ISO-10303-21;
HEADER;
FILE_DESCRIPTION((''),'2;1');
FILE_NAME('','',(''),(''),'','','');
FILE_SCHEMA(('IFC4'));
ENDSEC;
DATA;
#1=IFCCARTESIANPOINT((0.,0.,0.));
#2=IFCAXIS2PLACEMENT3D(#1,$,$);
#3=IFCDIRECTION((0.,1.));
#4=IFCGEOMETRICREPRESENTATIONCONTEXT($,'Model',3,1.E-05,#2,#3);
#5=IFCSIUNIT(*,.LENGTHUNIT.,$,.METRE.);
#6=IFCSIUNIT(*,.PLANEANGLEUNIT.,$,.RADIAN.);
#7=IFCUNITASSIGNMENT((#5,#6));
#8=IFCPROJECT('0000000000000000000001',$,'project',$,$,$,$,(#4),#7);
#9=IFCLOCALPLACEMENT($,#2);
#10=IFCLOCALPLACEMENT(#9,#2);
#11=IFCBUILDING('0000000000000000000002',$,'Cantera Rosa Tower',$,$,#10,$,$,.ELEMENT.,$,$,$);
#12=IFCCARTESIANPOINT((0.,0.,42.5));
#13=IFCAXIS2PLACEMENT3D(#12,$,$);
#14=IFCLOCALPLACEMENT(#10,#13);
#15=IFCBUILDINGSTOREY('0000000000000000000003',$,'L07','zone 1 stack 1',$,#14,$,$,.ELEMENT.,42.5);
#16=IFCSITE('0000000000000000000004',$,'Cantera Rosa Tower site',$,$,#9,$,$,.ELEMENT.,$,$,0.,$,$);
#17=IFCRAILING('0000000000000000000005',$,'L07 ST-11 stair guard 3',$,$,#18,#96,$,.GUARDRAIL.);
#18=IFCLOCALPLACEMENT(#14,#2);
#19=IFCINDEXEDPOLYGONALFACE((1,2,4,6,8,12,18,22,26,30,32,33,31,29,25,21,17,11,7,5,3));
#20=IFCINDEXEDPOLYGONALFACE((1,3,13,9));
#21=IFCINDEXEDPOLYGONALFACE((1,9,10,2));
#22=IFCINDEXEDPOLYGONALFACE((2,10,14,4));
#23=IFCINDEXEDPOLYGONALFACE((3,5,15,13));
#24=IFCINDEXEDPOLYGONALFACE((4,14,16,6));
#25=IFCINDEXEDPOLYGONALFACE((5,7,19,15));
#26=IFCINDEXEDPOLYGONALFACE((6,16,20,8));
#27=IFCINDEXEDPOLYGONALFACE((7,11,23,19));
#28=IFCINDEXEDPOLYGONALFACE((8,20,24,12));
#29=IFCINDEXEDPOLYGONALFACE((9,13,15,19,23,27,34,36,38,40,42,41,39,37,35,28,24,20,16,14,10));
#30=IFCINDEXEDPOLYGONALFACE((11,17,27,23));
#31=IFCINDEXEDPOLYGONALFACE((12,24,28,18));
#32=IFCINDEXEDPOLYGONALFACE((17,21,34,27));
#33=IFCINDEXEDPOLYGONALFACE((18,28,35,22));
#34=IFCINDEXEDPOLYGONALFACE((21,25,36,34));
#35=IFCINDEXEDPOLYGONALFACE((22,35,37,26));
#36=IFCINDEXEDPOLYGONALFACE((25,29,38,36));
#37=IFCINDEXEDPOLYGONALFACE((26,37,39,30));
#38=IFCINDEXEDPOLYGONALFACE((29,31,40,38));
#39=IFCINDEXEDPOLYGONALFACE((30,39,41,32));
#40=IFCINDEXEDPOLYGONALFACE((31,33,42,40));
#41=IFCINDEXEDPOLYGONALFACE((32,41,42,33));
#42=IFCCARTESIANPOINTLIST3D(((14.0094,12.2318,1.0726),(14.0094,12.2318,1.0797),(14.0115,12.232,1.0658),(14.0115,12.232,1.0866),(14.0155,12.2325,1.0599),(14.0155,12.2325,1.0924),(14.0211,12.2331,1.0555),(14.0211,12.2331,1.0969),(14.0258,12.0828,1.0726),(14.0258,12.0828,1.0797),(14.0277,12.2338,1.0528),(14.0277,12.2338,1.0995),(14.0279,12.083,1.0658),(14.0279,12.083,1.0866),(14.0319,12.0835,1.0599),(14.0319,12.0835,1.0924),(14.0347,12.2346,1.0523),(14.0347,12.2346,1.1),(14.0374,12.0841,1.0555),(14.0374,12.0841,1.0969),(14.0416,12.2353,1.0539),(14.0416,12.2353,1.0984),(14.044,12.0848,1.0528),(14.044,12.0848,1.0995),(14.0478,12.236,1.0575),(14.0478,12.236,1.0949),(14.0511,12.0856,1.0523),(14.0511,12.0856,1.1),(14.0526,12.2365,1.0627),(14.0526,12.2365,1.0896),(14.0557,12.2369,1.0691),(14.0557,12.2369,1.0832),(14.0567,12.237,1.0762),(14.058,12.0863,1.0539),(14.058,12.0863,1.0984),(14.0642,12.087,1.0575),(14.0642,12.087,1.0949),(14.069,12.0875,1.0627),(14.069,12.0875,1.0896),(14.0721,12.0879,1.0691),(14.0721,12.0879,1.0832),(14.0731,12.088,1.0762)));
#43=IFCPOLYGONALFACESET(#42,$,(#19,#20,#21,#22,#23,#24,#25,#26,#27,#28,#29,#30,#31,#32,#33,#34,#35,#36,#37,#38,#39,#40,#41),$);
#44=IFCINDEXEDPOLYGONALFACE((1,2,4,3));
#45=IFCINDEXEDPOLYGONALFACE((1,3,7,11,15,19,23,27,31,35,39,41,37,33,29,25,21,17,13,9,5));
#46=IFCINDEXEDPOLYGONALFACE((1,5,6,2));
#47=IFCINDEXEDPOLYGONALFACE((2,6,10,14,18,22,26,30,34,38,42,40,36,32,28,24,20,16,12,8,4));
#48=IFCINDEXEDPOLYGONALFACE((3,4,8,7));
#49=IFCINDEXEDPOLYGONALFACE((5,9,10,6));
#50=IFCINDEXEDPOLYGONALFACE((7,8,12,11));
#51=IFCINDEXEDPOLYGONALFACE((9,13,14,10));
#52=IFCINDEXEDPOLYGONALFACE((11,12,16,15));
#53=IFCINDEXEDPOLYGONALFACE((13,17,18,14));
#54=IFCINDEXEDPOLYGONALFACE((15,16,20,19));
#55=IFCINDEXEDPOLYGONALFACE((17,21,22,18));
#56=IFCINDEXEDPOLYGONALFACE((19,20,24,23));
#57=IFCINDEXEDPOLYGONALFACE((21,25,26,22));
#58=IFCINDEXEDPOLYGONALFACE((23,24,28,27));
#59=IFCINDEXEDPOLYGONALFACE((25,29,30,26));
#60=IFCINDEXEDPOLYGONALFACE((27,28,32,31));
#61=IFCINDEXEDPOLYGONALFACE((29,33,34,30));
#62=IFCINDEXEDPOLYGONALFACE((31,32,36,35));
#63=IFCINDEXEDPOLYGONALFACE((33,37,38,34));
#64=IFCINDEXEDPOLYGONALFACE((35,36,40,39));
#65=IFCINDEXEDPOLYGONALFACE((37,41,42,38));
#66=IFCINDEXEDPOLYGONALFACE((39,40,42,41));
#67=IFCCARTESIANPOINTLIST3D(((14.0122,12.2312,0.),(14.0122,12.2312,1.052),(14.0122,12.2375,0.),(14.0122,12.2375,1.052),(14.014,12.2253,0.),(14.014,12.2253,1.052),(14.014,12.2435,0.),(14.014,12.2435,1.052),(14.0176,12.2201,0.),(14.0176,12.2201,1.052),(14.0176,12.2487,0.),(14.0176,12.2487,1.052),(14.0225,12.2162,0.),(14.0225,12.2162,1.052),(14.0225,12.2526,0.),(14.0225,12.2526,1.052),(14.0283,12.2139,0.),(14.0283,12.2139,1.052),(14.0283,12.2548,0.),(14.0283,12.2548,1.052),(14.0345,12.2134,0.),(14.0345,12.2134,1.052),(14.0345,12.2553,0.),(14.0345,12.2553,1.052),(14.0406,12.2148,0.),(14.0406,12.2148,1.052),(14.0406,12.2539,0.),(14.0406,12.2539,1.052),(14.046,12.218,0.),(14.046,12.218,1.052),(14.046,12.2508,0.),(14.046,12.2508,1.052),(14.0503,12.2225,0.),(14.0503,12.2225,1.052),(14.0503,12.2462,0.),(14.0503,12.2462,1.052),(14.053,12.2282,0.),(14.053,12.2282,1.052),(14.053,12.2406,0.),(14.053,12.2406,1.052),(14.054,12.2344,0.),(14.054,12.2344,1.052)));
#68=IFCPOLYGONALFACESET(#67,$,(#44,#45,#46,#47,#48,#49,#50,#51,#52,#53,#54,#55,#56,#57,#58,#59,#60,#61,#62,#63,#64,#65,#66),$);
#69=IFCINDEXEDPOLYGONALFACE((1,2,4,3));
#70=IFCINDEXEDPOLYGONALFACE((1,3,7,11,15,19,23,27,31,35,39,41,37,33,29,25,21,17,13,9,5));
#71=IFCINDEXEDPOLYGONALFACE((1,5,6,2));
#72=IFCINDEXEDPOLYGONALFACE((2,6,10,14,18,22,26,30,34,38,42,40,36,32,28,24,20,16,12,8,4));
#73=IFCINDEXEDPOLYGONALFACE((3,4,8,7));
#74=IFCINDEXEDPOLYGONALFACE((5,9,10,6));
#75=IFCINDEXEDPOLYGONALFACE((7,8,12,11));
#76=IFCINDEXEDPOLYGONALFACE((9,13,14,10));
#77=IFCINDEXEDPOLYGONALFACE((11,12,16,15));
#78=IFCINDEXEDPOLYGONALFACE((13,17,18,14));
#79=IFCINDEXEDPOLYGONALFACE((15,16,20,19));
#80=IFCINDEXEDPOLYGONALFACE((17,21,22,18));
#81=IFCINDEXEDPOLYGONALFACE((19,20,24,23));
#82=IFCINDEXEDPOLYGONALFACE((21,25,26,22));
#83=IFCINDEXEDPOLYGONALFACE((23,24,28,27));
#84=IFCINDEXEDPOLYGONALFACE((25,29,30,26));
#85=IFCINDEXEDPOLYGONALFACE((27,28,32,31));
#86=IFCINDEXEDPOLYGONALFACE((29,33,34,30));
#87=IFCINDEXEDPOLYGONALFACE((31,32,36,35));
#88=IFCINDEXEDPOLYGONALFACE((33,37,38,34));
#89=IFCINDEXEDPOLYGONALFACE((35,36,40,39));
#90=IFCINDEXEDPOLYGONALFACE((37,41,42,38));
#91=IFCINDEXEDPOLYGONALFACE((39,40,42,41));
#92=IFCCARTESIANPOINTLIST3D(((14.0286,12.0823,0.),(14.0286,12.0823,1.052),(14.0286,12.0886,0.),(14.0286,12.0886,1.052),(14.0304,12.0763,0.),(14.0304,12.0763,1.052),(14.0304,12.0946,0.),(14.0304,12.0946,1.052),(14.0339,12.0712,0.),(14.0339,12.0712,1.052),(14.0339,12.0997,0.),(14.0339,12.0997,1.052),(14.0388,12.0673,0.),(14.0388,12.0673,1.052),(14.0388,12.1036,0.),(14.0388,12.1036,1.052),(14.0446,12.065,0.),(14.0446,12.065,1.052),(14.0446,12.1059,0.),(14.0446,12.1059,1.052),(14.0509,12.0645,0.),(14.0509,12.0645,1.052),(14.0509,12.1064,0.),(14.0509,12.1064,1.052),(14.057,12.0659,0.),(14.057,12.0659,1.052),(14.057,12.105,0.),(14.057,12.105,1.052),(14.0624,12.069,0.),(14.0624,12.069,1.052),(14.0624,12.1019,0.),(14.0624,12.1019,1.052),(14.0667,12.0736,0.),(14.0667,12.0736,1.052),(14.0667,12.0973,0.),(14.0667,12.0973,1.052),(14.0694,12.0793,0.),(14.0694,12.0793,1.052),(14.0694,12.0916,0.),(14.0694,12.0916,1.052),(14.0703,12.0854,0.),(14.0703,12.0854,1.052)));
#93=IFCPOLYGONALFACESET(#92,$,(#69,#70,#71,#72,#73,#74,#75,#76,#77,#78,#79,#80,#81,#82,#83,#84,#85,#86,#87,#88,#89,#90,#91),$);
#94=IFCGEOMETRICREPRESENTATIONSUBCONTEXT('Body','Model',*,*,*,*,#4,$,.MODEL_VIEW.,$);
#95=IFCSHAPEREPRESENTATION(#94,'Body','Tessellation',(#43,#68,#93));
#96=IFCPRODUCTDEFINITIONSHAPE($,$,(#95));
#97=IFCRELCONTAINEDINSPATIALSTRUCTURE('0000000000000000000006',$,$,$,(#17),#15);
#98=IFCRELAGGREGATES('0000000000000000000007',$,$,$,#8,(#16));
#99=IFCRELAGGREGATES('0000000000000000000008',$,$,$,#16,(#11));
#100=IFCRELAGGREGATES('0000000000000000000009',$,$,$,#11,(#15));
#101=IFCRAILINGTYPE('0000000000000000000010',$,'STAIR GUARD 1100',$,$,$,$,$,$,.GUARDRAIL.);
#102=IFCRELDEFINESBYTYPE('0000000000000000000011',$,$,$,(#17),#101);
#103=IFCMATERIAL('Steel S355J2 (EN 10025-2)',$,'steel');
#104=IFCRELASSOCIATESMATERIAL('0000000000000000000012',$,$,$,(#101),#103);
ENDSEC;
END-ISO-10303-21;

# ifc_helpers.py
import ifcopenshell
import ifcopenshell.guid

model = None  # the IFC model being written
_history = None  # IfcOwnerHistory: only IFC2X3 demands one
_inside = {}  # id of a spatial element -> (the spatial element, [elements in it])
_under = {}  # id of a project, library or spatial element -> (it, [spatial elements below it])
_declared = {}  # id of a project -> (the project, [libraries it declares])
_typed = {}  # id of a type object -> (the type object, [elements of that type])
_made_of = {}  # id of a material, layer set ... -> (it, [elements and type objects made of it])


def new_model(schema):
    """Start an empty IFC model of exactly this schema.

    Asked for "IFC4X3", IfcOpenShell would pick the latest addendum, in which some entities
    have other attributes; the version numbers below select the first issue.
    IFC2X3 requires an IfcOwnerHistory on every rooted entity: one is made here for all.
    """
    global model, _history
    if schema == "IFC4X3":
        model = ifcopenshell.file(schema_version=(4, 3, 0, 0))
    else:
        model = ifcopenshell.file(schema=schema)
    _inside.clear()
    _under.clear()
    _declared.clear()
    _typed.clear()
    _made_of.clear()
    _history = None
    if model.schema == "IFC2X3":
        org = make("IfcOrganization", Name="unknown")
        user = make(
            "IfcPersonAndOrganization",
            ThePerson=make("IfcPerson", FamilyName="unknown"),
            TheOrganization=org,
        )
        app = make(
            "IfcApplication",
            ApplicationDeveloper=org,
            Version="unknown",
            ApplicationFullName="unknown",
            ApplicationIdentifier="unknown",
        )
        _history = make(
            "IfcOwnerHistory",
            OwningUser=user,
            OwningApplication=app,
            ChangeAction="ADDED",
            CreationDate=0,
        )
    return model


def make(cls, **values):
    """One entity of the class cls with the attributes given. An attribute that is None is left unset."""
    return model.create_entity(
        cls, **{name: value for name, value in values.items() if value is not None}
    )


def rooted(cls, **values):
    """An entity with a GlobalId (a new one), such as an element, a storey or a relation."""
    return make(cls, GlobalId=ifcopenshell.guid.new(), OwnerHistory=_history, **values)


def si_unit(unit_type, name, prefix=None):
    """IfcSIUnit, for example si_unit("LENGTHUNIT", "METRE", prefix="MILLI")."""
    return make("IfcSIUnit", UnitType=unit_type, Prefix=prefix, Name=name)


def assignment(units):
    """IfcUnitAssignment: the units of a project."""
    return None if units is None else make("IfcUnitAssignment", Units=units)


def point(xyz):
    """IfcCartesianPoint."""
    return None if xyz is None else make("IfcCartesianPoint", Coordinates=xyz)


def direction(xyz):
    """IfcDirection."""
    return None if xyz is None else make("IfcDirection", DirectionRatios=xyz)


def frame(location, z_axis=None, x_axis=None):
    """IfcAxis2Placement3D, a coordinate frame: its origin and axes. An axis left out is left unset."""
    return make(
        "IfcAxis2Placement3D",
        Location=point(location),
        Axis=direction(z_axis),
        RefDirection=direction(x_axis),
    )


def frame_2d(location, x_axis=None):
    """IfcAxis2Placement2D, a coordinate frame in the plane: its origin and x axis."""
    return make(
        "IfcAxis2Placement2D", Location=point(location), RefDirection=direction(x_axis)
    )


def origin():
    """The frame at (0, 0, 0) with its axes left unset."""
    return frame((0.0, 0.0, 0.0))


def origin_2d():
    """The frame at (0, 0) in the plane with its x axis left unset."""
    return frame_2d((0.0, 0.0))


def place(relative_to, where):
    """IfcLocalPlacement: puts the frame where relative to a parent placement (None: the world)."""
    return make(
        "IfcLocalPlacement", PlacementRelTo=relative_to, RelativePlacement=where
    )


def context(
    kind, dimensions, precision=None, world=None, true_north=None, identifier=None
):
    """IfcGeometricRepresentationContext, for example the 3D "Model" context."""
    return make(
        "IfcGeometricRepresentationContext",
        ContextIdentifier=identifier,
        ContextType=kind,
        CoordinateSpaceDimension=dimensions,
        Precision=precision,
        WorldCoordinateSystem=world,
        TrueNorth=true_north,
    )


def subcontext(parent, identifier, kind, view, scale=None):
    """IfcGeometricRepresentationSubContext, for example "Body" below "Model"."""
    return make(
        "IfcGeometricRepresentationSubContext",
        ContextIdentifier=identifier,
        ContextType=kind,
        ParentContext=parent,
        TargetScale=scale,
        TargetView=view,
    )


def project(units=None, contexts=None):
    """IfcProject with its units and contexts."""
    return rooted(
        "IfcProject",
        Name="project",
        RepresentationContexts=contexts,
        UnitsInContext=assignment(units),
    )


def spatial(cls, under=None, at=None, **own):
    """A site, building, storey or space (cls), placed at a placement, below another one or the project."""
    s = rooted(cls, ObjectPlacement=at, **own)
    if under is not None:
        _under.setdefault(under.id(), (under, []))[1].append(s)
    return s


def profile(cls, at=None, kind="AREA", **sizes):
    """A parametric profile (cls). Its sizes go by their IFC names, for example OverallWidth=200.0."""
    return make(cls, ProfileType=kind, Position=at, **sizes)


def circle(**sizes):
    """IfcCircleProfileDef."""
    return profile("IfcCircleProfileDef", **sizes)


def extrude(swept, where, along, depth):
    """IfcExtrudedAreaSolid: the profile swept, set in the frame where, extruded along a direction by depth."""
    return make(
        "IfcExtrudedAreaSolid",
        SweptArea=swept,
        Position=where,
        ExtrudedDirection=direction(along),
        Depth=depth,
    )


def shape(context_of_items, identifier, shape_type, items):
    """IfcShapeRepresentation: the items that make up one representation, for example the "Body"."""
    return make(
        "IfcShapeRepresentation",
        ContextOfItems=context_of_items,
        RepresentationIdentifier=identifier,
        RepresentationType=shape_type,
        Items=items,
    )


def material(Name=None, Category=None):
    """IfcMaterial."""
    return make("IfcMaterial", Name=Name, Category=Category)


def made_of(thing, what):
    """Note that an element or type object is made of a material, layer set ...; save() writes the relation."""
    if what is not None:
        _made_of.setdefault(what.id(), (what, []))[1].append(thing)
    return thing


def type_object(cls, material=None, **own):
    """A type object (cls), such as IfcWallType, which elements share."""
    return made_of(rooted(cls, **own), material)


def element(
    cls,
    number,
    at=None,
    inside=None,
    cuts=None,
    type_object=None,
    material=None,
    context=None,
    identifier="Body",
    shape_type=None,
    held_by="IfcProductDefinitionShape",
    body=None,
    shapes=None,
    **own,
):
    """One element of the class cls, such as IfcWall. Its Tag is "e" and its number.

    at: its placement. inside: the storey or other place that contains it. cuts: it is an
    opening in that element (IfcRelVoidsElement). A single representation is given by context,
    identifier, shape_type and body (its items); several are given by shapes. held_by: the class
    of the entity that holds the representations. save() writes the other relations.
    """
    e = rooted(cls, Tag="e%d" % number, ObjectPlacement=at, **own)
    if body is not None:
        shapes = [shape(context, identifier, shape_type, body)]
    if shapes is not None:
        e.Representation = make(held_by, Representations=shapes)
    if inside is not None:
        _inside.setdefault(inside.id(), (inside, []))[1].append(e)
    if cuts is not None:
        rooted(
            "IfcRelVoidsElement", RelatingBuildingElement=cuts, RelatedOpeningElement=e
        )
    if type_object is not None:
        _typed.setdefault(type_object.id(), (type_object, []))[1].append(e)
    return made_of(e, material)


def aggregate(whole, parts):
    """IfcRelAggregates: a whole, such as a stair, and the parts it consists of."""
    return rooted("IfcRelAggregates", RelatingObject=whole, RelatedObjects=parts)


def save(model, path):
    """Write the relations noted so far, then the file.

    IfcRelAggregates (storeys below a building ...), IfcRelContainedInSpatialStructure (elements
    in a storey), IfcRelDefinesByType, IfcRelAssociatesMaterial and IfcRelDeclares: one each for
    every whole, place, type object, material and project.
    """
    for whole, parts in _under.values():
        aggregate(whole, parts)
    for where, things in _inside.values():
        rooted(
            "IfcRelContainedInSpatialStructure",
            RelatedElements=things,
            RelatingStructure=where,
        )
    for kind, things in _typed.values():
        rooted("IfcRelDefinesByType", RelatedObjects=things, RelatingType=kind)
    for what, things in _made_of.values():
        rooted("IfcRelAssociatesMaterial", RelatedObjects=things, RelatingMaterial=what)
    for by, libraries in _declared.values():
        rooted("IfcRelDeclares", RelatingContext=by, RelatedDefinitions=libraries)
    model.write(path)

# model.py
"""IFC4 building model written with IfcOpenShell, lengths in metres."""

from ifc_helpers import new_model, si_unit, direction, frame, origin, origin_2d, place, context, subcontext, project, spatial, circle, extrude, material, type_object, element, save


model = new_model("IFC4")

# Units and contexts
model_context = context("Model", 3, precision=1e-05, world=origin(), true_north=direction((0.0, 1.0)))
body_context = subcontext(model_context, "Body", "Model", "MODEL_VIEW")
ifc_project = project(units=[si_unit("LENGTHUNIT", "METRE"), si_unit("PLANEANGLEUNIT", "RADIAN")], contexts=[model_context])

# Site, building, storey
site_placement = place(None, origin())
site = spatial("IfcSite", under=ifc_project, at=site_placement, Name="Cantera Rosa Tower site", CompositionType="ELEMENT", RefElevation=0.0)
building_placement = place(site_placement, origin())
building = spatial("IfcBuilding", under=site, at=building_placement, Name="Cantera Rosa Tower", CompositionType="ELEMENT")
storey_placement = place(building_placement, frame((0.0, 0.0, 42.5)))
storey = spatial("IfcBuildingStorey", under=building, at=storey_placement, Name="L07", Description="zone 1 stack 1", CompositionType="ELEMENT", Elevation=42.5)

# Railing
ifc_material_1 = material(Name="Steel S355J2 (EN 10025-2)", Category="steel")
railing_type_1 = type_object("IfcRailingType", Name="STAIR GUARD 1100", PredefinedType="GUARDRAIL", material=ifc_material_1)
railing_1_placement = place(storey_placement, frame((14.033, 12.2344, 0.0)))
element("IfcRailing", 1, at=railing_1_placement, inside=storey, type_object=railing_type_1, Name="L07 ST-11 stair guard 3", PredefinedType="GUARDRAIL", context=body_context, shape_type="SweptSolid", body=[
    extrude(circle(Radius=0.0239, at=origin_2d()), frame((0.0, 0.0, 1.0762), z_axis=(0.109179, -0.994022, 0.0), x_axis=(0.994022, 0.109179, 0.0)), (0.0, 0.0, 1.0), 0.1499),
    extrude(circle(Radius=0.021, at=origin_2d()), origin(), (0.0, 0.0, 1.0), 1.052),
    extrude(circle(Radius=0.021, at=origin_2d()), frame((0.0164, -0.1489, 0.0)), (0.0, 0.0, 1.0), 1.052),
])

save(model, "model.ifc")
